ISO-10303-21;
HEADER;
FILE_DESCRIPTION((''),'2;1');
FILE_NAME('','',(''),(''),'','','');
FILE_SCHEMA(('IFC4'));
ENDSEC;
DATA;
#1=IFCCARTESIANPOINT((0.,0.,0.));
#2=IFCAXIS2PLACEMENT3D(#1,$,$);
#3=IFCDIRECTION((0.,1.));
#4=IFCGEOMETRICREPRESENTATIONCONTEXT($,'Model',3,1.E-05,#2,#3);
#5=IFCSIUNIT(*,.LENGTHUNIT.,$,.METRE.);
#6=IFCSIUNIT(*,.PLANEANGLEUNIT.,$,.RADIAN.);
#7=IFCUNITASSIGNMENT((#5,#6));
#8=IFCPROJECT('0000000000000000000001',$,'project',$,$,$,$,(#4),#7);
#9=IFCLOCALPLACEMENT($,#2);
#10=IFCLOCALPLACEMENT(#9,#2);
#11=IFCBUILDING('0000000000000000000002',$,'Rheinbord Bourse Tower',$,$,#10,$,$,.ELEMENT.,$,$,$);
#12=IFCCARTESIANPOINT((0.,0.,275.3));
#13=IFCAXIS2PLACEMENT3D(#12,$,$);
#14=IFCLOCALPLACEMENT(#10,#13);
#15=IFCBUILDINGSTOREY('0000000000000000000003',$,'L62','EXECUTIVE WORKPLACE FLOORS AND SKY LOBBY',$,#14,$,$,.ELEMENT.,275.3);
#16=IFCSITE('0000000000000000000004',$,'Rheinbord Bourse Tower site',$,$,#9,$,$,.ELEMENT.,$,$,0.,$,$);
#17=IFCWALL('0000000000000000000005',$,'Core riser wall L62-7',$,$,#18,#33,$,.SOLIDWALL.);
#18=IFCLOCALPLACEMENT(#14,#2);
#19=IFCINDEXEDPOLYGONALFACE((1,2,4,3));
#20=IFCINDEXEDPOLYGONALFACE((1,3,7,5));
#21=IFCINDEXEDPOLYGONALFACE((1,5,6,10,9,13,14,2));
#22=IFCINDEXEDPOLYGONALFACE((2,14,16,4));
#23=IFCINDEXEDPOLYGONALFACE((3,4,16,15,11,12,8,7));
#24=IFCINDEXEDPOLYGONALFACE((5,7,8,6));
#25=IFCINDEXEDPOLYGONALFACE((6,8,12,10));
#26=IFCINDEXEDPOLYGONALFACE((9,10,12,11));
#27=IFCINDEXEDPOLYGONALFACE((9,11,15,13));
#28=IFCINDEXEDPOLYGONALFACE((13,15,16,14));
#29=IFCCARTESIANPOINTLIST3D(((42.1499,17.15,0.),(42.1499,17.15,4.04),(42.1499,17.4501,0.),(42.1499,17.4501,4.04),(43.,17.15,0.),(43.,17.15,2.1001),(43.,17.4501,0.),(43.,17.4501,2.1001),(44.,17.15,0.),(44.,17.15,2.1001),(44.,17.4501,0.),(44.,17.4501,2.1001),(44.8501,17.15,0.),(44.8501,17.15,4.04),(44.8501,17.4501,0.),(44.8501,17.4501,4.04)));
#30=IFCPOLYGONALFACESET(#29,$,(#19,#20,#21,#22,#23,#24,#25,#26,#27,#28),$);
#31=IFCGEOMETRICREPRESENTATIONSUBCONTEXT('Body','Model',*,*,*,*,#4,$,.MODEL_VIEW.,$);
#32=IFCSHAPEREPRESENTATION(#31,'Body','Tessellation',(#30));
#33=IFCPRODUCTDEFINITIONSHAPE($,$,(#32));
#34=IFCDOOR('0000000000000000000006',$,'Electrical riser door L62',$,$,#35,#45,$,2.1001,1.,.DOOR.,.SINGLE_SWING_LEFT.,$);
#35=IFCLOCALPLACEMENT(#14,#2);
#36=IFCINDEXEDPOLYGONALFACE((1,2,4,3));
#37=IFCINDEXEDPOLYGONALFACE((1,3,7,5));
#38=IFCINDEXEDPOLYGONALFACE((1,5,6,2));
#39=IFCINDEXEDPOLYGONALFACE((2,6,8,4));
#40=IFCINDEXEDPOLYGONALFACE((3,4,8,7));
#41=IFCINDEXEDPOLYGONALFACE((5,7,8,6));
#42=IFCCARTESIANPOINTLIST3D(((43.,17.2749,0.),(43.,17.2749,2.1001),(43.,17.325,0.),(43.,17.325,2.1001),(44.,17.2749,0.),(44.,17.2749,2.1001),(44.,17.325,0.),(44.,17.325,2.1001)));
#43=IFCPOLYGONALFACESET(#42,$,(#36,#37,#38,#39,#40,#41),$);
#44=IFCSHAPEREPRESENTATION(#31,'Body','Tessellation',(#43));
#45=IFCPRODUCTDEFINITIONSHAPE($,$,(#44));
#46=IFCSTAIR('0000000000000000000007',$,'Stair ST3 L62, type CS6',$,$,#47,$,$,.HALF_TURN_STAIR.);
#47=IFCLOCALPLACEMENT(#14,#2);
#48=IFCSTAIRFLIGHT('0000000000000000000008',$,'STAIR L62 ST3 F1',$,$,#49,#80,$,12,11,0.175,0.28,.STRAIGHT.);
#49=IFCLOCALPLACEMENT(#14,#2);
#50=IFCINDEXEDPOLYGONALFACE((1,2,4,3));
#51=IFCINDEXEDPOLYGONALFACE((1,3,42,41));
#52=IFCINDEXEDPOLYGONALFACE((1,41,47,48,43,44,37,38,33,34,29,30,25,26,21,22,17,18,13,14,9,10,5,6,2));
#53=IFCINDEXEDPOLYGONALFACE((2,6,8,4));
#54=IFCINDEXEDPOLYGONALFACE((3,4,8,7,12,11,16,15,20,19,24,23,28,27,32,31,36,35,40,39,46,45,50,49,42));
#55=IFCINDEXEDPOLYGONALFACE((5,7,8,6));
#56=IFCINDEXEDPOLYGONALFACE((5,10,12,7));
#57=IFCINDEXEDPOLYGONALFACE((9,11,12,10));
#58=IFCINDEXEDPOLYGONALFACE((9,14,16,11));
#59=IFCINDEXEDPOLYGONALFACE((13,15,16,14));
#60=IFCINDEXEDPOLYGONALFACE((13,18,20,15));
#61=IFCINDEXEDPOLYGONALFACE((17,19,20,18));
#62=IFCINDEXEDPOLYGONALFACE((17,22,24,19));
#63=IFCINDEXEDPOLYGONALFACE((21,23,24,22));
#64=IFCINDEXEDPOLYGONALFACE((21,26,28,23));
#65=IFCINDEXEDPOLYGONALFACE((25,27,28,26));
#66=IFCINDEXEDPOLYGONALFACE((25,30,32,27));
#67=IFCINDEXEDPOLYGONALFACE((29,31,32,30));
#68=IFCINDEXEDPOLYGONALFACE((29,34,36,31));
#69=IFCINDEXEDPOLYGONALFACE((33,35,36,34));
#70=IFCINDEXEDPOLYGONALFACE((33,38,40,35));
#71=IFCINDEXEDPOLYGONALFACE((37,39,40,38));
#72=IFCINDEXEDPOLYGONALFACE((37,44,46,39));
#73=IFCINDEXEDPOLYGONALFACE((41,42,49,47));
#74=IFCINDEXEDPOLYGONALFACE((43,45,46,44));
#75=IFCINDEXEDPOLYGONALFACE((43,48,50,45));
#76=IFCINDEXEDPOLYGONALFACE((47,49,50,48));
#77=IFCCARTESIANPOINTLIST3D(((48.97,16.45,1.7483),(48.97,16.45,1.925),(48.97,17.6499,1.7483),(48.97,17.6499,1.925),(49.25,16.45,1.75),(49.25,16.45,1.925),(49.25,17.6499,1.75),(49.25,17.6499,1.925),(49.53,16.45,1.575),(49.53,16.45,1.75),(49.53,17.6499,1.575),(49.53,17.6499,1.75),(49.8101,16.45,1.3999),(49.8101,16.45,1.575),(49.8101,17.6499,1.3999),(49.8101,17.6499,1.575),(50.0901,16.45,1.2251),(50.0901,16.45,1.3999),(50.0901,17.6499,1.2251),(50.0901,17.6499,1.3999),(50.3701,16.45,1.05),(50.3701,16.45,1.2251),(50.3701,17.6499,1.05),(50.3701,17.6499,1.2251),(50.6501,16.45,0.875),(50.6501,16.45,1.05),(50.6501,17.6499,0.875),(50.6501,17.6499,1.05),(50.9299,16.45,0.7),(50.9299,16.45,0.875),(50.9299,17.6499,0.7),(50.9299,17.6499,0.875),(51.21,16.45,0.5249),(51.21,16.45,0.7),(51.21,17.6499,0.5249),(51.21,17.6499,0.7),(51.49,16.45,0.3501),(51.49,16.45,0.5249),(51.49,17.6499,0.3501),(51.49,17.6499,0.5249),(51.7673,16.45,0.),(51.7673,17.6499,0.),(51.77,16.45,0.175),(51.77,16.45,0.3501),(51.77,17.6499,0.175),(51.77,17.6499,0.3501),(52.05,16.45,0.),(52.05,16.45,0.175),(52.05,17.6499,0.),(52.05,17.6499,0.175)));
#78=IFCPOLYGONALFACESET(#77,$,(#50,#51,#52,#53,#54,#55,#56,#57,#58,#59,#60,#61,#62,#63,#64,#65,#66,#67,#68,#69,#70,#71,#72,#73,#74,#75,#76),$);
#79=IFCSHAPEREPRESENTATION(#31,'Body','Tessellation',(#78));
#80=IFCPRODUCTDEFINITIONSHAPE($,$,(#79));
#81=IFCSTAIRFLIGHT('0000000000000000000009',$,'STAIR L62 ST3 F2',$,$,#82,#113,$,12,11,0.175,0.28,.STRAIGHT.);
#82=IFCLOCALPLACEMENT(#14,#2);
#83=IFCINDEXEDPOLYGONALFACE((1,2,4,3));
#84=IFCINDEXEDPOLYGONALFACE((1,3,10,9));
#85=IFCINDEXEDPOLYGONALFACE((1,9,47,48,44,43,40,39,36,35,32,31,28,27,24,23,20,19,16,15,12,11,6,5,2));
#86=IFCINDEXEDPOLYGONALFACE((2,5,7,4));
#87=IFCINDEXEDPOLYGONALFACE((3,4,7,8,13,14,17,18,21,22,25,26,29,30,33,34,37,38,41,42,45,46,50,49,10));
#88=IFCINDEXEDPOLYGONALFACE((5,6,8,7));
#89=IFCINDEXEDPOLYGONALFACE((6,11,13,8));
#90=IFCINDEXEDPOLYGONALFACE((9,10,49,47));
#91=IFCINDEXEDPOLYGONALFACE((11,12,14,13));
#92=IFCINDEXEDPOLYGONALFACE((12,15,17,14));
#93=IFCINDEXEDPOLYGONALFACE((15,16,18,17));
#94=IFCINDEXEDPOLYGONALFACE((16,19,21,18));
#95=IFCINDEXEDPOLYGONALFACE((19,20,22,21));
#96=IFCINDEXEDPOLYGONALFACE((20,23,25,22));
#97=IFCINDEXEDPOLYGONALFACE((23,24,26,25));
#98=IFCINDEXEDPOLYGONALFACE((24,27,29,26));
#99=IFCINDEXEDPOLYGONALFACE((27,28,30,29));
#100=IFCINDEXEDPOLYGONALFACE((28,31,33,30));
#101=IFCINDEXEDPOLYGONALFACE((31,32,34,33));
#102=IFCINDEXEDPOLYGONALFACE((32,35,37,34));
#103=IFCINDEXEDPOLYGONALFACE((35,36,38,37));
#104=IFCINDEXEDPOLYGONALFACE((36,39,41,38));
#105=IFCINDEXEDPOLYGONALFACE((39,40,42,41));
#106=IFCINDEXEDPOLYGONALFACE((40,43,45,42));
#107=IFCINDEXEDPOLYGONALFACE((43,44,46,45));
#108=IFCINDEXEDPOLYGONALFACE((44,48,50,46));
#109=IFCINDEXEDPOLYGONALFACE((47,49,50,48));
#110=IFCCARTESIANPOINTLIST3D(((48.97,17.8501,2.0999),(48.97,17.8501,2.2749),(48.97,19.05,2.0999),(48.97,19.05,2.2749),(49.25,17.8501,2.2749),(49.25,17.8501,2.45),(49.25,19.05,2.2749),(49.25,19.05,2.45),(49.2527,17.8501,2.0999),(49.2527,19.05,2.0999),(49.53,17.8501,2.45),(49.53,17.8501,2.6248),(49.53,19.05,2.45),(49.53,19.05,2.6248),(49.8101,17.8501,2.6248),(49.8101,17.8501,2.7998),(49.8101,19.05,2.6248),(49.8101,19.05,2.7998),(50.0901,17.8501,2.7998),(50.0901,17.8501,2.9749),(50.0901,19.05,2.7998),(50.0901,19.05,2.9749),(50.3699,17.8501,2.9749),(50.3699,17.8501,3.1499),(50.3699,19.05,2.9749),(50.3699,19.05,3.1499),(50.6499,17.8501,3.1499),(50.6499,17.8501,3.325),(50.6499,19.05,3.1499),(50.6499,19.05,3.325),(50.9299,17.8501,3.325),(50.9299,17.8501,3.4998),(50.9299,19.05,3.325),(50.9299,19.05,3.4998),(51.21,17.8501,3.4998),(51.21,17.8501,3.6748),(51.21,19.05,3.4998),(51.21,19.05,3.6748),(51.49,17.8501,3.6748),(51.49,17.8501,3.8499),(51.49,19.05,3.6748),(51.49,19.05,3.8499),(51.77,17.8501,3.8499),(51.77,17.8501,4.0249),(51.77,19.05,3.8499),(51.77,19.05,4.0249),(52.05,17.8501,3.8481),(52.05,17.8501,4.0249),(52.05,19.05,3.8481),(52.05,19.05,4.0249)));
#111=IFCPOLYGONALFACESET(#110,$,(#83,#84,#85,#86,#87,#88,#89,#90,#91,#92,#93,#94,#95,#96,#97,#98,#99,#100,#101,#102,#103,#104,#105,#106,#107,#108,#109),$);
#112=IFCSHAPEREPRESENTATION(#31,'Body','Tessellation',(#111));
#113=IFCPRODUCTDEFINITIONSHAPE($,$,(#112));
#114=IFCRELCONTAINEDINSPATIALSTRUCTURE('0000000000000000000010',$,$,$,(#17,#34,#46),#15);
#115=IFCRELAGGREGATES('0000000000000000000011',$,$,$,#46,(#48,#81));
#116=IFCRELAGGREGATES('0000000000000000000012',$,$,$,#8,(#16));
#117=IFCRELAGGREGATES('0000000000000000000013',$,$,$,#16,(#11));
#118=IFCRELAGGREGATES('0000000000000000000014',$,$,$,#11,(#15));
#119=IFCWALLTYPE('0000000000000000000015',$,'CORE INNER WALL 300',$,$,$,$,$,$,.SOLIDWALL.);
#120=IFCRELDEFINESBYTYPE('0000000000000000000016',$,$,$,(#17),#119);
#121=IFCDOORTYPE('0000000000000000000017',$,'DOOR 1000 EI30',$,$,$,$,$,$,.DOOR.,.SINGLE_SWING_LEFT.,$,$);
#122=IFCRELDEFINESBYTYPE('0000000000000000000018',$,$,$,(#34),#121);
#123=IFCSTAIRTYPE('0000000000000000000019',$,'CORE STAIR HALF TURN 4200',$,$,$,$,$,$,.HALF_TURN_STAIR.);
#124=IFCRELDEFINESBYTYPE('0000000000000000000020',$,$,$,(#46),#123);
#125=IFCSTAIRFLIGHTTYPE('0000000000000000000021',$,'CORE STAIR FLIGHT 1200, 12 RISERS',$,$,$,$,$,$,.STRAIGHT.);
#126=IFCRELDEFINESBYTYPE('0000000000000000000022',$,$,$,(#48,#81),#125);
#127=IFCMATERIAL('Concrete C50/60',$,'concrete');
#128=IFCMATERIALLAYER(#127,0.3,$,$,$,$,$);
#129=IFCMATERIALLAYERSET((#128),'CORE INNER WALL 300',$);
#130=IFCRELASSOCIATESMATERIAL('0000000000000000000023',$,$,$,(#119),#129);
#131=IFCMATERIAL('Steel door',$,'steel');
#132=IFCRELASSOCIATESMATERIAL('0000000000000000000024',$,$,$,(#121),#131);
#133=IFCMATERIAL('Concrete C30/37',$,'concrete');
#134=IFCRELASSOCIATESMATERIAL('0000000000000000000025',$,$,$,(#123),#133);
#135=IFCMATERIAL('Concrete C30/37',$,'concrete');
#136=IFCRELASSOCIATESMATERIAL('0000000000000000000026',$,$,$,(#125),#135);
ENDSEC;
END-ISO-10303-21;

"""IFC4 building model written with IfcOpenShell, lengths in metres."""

from ifc_helpers import new_model, si_unit, direction, frame, frame_2d, origin, place, context, subcontext, project, spatial, polyline, rectangle, outline, extrude, material, layer, layer_set, type_object, element, fill, aggregate, save


model = new_model("IFC4")

# Units and contexts
model_context = context("Model", 3, precision=1e-05, world=origin(), true_north=direction((0.0, 1.0)))
body_context = subcontext(model_context, "Body", "Model", "MODEL_VIEW")
ifc_project = project(units=[si_unit("LENGTHUNIT", "METRE"), si_unit("PLANEANGLEUNIT", "RADIAN")], contexts=[model_context])

# Site, building, storey
site_placement = place(None, origin())
site = spatial("IfcSite", under=ifc_project, at=site_placement, Name="Rheinbord Bourse Tower site", CompositionType="ELEMENT", RefElevation=0.0)
building_placement = place(site_placement, origin())
building = spatial("IfcBuilding", under=site, at=building_placement, Name="Rheinbord Bourse Tower", CompositionType="ELEMENT")
storey_placement = place(building_placement, frame((0.0, 0.0, 275.3)))
storey = spatial("IfcBuildingStorey", under=building, at=storey_placement, Name="L62", Description="EXECUTIVE WORKPLACE FLOORS AND SKY LOBBY", CompositionType="ELEMENT", Elevation=275.3)

# Shared definitions
ifc_material_1 = material(Name="Concrete C50/60", Category="concrete")
ifc_layer = layer(ifc_material_1, 0.3)
ifc_layer_set = layer_set([ifc_layer], Name="CORE INNER WALL 300")
wall_type = type_object("IfcWallType", Name="CORE INNER WALL 300", PredefinedType="SOLIDWALL", material=ifc_layer_set)
ifc_material_2 = material(Name="Steel door", Category="steel")
door_type_1 = type_object("IfcDoorType", Name="DOOR 1000 EI30", OperationType="SINGLE_SWING_LEFT", PredefinedType="DOOR", material=ifc_material_2)

# Wall, opening, door
wall_1_placement = place(storey_placement, frame((42.1499, 17.3, 0.0), z_axis=(0.0, 0.0, 1.0), x_axis=(1.0, 0.0, 0.0)))
wall_1 = element("IfcWall", 1, at=wall_1_placement, inside=storey, type_object=wall_type, Name="Core riser wall L62-7", PredefinedType="SOLIDWALL", context=body_context, shape_type="SweptSolid", body=[
    extrude(rectangle(XDim=2.7002, YDim=0.3, at=frame_2d((1.3501, 0.0))), origin(), (0.0, 0.0, 1.0), 4.04),
])
opening_1_placement = place(wall_1_placement, frame((0.8501, 0.0, 0.0)))
opening_1 = element("IfcOpeningElement", 2, at=opening_1_placement, cuts=wall_1, PredefinedType="OPENING", context=body_context, shape_type="SweptSolid", body=[
    extrude(rectangle(XDim=1.0, YDim=2.1001, at=frame_2d((0.5, 1.05))), frame((0.0, 0.1599, 0.0), z_axis=(0.0, -1.0, 0.0), x_axis=(1.0, 0.0, 0.0)), (0.0, 0.0, 1.0), 0.3201),
])
door_1_placement = place(opening_1_placement, origin())
door_1 = element("IfcDoor", 3, at=door_1_placement, inside=storey, type_object=door_type_1, Name="Electrical riser door L62", OperationType="SINGLE_SWING_LEFT", OverallHeight=2.1001, OverallWidth=1.0, PredefinedType="DOOR", context=body_context, shape_type="SweptSolid", body=[
    extrude(rectangle(XDim=1.0, YDim=2.1001, at=frame_2d((0.5, 1.05))), frame((0.0, 0.0249, 0.0), z_axis=(0.0, -1.0, 0.0), x_axis=(1.0, 0.0, 0.0)), (0.0, 0.0, 1.0), 0.05),
])
fill(opening_1, door_1)

# Stair, stair flights
ifc_material_3 = material(Name="Concrete C30/37", Category="concrete")
stair_type = type_object("IfcStairType", Name="CORE STAIR HALF TURN 4200", PredefinedType="HALF_TURN_STAIR", material=ifc_material_3)
stair_placement = place(storey_placement, origin())
stair = element("IfcStair", 4, at=stair_placement, inside=storey, type_object=stair_type, Name="Stair ST3 L62, type CS6", PredefinedType="HALF_TURN_STAIR")
ifc_material_4 = material(Name="Concrete C30/37", Category="concrete")
stair_flight_type = type_object("IfcStairFlightType", Name="CORE STAIR FLIGHT 1200, 12 RISERS", PredefinedType="STRAIGHT", material=ifc_material_4)
stair_flight_1_placement = place(storey_placement, frame((52.05, 17.05, 0.0), z_axis=(0.0, 0.0, 1.0), x_axis=(-1.0, 0.0, 0.0)))
stair_flight_1 = element("IfcStairFlight", 5, at=stair_flight_1_placement, type_object=stair_flight_type, Name="STAIR L62 ST3 F1", NumberOfRisers=12, NumberOfTreads=11, PredefinedType="STRAIGHT", RiserHeight=0.175, TreadLength=0.28, context=body_context, shape_type="SweptSolid", body=[
    extrude(outline(polyline([(0.0, 0.0), (0.0, 0.175), (0.28, 0.175), (0.28, 0.3501), (0.5601, 0.3501), (0.5601, 0.5249), (0.8401, 0.5249), (0.8401, 0.7), (1.1201, 0.7), (1.1201, 0.875), (1.3999, 0.875), (1.3999, 1.05), (1.6799, 1.05), (1.6799, 1.2251), (1.96, 1.2251), (1.96, 1.3999), (2.24, 1.3999), (2.24, 1.575), (2.52, 1.575), (2.52, 1.75), (2.8, 1.75), (2.8, 1.925), (3.0801, 1.925), (3.0801, 2.1001), (3.0801, 1.7483), (0.2827, 0.0), (0.0, 0.0)])), frame((0.0, 0.6001, 0.0), z_axis=(0.0, -1.0, 0.0), x_axis=(1.0, 0.0, 0.0)), (0.0, 0.0, 1.0), 1.2),
])
stair_flight_2_placement = place(storey_placement, frame((48.97, 18.45, 2.0999), z_axis=(0.0, 0.0, 1.0), x_axis=(1.0, 0.0, 0.0)))
stair_flight_2 = element("IfcStairFlight", 6, at=stair_flight_2_placement, type_object=stair_flight_type, Name="STAIR L62 ST3 F2", NumberOfRisers=12, NumberOfTreads=11, PredefinedType="STRAIGHT", RiserHeight=0.175, TreadLength=0.28, context=body_context, shape_type="SweptSolid", body=[
    extrude(outline(polyline([(0.0, 0.0), (0.0, 0.175), (0.28, 0.175), (0.28, 0.3501), (0.5601, 0.3501), (0.5601, 0.5249), (0.8401, 0.5249), (0.8401, 0.7), (1.1201, 0.7), (1.1201, 0.875), (1.3999, 0.875), (1.3999, 1.05), (1.6799, 1.05), (1.6799, 1.2251), (1.96, 1.2251), (1.96, 1.3999), (2.24, 1.3999), (2.24, 1.575), (2.52, 1.575), (2.52, 1.75), (2.8, 1.75), (2.8, 1.925), (3.0801, 1.925), (3.0801, 2.1001), (3.0801, 1.7483), (0.2827, 0.0), (0.0, 0.0)])), frame((0.0, 0.6001, 0.0), z_axis=(0.0, -1.0, 0.0), x_axis=(1.0, 0.0, 0.0)), (0.0, 0.0, 1.0), 1.2),
])
aggregate(stair, [stair_flight_1, stair_flight_2])

save(model, "model.ifc")
